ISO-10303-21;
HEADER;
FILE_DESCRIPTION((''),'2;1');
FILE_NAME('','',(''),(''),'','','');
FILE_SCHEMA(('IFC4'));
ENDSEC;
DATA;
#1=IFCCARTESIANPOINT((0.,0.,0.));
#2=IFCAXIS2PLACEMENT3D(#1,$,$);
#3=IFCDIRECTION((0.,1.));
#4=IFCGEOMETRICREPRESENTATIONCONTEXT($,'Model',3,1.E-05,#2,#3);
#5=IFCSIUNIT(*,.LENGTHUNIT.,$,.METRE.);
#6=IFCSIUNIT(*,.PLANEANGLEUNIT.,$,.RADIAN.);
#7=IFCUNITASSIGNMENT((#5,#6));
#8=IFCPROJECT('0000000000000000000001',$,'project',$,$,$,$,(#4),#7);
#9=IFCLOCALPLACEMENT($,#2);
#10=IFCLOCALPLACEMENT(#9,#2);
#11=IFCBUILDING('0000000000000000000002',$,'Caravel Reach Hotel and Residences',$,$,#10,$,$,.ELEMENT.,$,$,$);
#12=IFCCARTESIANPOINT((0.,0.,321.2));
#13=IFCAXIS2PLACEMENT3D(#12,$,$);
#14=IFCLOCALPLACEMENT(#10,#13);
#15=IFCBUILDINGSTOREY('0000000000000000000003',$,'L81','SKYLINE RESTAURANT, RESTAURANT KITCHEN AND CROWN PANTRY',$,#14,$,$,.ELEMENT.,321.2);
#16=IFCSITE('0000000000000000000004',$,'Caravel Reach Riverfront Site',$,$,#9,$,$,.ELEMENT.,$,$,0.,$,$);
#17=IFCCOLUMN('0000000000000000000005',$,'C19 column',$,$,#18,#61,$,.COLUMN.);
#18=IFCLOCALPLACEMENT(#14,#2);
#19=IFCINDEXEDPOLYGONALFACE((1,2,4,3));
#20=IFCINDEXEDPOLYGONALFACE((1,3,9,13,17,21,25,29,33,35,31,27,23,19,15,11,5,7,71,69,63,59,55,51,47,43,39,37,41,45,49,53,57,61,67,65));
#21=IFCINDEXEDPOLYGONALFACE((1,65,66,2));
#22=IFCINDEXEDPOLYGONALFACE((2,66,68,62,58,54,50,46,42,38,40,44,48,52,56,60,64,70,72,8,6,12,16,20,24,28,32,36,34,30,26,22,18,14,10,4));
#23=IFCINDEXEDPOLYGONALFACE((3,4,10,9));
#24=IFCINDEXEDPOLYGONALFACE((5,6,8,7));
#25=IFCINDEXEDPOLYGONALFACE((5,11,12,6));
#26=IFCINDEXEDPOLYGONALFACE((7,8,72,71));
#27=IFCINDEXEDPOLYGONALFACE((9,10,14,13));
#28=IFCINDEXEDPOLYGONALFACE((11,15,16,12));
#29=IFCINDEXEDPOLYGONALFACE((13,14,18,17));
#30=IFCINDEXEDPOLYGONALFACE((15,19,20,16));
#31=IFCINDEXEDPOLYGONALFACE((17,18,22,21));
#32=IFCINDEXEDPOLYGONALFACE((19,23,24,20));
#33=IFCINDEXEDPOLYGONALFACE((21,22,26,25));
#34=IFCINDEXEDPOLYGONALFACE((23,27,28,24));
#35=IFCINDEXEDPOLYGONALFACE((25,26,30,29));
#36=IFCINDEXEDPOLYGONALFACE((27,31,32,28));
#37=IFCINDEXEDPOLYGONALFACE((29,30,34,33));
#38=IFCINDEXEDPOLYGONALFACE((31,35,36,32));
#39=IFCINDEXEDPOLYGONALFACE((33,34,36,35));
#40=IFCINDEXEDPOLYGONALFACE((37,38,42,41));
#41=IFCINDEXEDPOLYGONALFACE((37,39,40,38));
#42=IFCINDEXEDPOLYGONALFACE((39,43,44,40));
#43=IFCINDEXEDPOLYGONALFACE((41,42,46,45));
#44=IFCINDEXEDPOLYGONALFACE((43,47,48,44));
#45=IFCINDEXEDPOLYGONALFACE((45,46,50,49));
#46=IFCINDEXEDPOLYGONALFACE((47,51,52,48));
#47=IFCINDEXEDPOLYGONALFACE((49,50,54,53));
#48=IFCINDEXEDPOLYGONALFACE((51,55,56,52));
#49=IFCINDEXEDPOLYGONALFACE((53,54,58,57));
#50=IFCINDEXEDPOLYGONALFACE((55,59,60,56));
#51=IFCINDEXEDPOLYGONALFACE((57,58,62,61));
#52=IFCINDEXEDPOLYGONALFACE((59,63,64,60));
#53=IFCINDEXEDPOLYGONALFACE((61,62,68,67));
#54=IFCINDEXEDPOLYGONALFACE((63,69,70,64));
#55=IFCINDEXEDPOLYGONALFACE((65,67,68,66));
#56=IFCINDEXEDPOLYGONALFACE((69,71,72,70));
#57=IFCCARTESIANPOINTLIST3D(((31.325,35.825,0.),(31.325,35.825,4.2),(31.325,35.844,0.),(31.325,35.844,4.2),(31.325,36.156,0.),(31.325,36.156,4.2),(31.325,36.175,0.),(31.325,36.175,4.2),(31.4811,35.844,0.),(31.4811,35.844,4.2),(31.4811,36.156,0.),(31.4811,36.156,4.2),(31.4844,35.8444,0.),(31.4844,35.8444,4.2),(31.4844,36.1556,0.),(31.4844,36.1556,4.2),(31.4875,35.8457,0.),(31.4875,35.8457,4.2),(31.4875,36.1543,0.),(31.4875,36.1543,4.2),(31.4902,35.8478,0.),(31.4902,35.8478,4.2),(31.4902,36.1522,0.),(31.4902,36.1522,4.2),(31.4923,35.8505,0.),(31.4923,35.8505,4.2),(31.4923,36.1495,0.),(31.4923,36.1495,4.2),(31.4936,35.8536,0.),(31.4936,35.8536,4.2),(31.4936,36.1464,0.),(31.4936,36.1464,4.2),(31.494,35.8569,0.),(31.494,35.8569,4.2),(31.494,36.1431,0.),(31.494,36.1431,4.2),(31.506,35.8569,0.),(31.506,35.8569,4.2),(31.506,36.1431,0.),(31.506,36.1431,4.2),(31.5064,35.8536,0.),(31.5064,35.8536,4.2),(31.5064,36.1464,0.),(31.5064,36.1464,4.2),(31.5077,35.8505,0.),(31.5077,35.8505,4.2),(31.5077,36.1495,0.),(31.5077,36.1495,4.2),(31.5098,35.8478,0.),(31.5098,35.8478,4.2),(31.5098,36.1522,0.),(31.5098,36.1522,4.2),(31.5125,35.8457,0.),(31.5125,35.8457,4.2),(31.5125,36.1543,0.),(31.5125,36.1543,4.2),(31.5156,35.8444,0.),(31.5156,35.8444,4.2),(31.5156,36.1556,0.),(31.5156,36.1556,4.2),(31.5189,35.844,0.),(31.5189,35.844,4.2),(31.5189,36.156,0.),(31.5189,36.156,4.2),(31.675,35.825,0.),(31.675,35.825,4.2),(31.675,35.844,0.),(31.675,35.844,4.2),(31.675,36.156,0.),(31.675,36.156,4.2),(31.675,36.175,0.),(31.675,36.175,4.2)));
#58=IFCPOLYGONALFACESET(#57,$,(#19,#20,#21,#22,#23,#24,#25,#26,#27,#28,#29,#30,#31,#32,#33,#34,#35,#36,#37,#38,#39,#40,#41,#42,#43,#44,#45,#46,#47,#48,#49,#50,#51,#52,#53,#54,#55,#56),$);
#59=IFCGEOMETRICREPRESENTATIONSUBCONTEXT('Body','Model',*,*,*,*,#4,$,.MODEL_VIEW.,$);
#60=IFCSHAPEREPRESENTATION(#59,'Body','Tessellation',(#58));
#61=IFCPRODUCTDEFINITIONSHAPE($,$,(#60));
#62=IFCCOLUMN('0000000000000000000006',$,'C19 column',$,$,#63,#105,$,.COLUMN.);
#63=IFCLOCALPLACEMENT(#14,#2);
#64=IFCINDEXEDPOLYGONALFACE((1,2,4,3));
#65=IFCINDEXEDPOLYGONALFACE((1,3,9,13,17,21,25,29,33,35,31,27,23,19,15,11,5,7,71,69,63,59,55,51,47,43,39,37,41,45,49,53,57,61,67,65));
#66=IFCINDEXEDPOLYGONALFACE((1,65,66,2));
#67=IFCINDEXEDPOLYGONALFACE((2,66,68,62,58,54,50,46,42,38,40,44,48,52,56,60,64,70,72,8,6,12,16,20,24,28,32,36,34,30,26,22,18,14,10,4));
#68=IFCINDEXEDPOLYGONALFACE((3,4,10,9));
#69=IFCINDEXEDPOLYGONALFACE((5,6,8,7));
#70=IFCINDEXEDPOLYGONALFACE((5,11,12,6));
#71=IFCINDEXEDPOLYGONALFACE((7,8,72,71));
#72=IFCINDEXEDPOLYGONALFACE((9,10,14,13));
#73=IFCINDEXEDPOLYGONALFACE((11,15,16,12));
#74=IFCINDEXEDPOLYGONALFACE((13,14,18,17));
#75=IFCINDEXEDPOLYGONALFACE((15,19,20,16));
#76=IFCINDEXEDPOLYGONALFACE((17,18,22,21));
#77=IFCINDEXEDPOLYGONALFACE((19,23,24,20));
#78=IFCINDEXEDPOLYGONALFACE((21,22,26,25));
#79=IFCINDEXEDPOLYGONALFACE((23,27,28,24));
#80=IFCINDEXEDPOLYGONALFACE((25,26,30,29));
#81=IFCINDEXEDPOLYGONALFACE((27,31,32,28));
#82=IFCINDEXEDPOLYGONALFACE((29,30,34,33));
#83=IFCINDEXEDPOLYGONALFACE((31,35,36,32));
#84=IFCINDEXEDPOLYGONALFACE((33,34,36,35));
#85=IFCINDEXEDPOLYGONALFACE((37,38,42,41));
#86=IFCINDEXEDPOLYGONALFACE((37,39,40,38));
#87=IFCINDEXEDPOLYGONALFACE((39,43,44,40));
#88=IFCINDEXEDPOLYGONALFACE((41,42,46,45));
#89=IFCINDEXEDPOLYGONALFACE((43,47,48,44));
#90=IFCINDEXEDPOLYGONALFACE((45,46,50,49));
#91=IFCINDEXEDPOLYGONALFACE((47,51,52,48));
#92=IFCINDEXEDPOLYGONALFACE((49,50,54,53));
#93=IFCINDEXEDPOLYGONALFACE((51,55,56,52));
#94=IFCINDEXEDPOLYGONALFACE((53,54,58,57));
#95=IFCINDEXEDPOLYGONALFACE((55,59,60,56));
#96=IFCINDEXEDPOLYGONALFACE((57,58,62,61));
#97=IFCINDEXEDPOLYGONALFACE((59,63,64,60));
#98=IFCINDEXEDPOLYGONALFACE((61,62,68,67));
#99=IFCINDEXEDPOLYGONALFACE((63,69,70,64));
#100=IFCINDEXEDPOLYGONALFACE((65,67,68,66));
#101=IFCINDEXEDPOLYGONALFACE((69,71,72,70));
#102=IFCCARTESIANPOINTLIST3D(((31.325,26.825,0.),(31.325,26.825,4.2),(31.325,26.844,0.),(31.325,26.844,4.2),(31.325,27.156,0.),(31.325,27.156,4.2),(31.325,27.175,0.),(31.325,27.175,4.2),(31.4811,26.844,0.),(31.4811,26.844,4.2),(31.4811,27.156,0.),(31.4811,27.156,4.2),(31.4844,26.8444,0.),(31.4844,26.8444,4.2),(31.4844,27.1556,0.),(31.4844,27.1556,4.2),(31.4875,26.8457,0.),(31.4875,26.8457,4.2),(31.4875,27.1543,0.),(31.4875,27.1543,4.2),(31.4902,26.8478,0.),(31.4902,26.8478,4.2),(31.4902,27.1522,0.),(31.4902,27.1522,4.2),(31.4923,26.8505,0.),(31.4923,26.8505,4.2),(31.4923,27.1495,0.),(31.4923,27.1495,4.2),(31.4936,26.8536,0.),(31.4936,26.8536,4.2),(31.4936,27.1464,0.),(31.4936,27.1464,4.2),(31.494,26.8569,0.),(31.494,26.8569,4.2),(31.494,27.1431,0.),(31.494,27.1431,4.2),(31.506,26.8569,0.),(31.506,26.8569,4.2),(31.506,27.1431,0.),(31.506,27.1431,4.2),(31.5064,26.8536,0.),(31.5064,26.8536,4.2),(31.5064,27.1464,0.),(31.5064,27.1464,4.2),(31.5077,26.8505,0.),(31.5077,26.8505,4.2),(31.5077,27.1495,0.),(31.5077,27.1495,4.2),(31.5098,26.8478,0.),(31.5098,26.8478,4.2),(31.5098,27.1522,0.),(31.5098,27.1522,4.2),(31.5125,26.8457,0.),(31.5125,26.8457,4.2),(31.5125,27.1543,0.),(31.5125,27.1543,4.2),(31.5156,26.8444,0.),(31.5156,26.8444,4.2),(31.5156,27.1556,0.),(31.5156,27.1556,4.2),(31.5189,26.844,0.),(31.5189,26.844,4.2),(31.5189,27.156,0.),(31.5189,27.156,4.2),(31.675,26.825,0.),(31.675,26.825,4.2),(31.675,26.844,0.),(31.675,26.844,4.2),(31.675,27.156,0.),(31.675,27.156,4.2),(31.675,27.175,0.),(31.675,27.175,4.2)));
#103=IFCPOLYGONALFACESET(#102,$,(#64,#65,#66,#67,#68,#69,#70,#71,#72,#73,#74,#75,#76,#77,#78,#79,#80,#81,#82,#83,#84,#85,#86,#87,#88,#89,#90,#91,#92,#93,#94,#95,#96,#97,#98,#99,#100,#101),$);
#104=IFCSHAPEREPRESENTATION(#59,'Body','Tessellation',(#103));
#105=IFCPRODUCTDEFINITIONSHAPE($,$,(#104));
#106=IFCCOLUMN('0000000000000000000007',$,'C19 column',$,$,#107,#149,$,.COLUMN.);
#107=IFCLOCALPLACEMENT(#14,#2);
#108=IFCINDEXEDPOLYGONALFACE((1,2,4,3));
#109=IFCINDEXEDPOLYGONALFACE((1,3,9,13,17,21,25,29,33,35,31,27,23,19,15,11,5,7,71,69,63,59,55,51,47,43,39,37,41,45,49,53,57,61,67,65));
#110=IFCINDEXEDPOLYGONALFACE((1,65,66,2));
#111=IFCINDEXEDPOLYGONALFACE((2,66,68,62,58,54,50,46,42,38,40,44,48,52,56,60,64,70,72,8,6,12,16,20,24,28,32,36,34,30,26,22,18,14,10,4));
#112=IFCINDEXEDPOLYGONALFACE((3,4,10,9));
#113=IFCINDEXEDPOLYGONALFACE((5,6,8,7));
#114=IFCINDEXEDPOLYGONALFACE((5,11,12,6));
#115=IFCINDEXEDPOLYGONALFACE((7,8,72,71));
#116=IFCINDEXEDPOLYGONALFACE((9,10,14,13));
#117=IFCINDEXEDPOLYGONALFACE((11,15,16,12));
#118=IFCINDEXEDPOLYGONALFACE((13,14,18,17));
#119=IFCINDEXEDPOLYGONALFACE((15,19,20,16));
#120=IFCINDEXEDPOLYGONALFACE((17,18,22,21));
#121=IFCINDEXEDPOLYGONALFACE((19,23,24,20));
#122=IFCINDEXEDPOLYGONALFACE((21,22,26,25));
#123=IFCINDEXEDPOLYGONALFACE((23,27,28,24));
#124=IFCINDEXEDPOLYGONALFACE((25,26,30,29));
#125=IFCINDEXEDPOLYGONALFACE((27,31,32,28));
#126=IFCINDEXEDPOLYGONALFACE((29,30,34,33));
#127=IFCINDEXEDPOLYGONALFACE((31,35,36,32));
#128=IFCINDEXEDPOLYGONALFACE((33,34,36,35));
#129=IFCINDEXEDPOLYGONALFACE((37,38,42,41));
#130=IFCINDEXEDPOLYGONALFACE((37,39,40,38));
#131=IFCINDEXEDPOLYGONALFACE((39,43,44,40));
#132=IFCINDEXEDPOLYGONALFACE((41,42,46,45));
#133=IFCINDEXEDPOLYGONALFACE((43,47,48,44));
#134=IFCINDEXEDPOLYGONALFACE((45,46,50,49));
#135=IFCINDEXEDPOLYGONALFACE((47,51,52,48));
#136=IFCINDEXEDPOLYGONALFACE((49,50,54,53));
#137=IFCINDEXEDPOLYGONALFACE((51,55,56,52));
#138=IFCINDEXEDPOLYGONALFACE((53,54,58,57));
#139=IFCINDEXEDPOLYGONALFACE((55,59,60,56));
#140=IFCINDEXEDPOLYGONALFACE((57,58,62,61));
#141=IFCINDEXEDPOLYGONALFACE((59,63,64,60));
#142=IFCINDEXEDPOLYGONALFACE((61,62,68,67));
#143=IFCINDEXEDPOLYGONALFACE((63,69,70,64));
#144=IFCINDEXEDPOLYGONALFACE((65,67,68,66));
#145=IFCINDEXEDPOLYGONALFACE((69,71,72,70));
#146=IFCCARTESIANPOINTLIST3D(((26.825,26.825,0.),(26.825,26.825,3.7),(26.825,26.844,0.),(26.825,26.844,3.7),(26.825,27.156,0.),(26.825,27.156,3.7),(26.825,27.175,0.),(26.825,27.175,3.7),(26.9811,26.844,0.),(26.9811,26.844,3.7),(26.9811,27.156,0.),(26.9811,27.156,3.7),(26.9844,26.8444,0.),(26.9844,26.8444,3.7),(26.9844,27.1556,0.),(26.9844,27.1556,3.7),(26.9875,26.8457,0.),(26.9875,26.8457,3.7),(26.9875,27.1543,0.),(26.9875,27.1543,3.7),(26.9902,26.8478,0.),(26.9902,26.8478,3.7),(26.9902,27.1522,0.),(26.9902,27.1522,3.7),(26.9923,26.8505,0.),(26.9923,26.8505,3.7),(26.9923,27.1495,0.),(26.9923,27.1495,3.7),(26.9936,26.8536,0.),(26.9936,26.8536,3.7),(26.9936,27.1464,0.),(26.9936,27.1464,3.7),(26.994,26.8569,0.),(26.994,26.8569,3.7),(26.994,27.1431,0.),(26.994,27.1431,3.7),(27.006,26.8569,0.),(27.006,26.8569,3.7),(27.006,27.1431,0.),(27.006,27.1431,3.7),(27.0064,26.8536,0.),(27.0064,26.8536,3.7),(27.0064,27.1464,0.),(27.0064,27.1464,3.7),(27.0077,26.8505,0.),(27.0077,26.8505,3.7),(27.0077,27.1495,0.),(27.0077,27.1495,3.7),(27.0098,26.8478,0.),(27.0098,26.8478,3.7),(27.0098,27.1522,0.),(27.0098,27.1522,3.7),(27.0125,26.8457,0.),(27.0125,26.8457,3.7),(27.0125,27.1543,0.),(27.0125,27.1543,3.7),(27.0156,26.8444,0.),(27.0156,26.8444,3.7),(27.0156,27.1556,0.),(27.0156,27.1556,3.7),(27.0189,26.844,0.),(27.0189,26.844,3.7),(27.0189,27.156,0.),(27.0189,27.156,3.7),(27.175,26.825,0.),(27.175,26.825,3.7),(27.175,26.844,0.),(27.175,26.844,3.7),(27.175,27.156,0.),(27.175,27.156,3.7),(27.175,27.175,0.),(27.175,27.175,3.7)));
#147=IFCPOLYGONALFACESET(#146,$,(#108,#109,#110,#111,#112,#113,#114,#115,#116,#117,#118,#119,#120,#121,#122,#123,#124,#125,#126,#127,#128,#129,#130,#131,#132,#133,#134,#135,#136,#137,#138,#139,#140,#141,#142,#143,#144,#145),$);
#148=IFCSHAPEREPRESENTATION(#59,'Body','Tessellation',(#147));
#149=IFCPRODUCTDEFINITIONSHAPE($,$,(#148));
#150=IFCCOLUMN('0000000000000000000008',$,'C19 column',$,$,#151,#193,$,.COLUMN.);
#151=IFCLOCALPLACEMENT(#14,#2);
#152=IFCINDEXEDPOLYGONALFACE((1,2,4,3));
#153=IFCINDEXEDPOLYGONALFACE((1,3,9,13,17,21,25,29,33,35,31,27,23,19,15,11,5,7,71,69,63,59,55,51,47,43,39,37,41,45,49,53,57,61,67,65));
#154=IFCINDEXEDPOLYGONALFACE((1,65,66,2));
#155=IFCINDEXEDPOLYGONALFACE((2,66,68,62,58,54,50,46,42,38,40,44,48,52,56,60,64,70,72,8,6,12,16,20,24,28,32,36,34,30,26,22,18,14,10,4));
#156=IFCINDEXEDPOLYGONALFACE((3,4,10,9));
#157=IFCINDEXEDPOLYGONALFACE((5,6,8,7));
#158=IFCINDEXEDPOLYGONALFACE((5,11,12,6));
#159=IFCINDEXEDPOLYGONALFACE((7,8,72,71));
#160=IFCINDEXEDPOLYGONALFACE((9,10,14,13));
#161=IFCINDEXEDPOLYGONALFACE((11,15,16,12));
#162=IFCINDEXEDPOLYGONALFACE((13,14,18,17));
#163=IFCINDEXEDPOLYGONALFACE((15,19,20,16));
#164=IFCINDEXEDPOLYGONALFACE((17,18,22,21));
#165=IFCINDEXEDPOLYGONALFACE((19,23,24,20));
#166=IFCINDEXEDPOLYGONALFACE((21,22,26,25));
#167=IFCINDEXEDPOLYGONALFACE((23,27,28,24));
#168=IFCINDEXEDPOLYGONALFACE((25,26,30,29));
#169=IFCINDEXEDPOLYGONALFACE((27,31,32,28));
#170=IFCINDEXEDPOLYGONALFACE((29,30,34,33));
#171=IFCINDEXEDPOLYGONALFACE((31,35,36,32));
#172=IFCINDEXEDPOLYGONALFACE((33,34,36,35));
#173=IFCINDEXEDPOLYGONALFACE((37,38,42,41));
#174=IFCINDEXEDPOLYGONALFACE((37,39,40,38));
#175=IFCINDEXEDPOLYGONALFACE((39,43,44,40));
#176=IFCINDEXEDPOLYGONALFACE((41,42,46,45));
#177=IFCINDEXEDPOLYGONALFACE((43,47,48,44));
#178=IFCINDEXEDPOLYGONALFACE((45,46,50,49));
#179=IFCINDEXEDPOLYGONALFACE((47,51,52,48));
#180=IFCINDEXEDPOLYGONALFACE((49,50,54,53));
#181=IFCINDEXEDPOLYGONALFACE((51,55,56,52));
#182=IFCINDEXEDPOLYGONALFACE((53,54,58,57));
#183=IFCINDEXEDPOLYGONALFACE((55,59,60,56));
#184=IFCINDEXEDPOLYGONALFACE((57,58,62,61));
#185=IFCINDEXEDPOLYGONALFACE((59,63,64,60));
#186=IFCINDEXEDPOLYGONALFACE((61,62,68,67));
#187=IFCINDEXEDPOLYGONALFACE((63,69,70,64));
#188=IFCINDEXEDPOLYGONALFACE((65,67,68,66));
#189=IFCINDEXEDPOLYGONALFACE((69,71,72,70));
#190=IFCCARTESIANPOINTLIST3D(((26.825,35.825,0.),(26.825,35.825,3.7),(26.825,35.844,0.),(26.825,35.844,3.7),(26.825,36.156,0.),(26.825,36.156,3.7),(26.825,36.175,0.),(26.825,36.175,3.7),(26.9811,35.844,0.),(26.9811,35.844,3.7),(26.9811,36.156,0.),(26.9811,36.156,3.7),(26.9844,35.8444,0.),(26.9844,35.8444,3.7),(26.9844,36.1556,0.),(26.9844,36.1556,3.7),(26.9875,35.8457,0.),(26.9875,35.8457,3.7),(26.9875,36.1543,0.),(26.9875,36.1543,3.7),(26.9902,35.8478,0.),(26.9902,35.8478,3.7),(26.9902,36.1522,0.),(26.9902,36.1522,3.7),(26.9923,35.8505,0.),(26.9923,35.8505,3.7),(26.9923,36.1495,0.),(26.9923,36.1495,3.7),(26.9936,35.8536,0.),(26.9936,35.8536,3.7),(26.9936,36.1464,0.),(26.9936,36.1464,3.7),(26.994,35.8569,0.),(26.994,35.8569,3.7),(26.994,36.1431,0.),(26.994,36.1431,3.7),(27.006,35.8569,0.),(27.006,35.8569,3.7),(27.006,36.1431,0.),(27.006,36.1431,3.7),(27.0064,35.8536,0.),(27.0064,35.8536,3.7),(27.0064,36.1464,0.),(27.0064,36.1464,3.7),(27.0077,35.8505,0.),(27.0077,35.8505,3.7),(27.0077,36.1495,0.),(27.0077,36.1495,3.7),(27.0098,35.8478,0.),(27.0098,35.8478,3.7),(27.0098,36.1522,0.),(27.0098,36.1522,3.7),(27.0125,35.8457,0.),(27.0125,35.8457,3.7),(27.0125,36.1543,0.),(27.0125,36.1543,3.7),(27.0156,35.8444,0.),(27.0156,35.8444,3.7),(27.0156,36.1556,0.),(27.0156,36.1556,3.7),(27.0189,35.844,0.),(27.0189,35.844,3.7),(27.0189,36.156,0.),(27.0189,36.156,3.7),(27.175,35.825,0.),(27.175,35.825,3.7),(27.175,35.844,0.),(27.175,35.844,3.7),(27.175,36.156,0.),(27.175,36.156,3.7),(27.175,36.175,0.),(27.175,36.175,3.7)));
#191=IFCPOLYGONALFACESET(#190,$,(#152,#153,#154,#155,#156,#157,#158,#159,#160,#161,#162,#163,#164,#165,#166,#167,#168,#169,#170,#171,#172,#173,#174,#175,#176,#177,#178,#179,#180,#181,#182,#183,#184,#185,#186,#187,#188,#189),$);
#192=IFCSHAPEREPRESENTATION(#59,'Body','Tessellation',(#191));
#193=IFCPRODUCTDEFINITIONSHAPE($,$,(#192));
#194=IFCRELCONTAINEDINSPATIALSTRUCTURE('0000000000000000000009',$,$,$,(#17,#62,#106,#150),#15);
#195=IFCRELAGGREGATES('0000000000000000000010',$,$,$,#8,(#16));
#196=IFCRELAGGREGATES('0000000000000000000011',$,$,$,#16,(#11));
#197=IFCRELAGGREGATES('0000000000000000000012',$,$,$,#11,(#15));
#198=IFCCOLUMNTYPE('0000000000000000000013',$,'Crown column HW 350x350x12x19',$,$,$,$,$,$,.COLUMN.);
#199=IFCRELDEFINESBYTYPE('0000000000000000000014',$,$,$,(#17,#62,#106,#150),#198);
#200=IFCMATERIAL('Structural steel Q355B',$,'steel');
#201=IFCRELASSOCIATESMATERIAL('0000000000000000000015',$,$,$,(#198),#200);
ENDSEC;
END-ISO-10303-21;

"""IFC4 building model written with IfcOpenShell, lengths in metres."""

from ifc_helpers import new_model, si_unit, direction, frame, origin, origin_2d, place, context, subcontext, project, spatial, i_section, extrude, material, material_profile, profile_set, type_object, element, save


model = new_model("IFC4")

# Units and contexts
model_context = context("Model", 3, precision=1e-05, world=origin(), true_north=direction((0.0, 1.0)))
body_context = subcontext(model_context, "Body", "Model", "MODEL_VIEW")
ifc_project = project(units=[si_unit("LENGTHUNIT", "METRE"), si_unit("PLANEANGLEUNIT", "RADIAN")], contexts=[model_context])

# Site, building, storey
site_placement = place(None, origin())
site = spatial("IfcSite", under=ifc_project, at=site_placement, Name="Caravel Reach Riverfront Site", CompositionType="ELEMENT", RefElevation=0.0)
building_placement = place(site_placement, origin())
building = spatial("IfcBuilding", under=site, at=building_placement, Name="Caravel Reach Hotel and Residences", CompositionType="ELEMENT")
storey_placement = place(building_placement, frame((0.0, 0.0, 321.2)))
storey = spatial("IfcBuildingStorey", under=building, at=storey_placement, Name="L81", Description="SKYLINE RESTAURANT, RESTAURANT KITCHEN AND CROWN PANTRY", CompositionType="ELEMENT", Elevation=321.2)

# Columns
ifc_material_1 = material(Name="Structural steel Q355B", Category="steel")
ifc_material_profile_1 = material_profile(ifc_material_1, i_section(OverallWidth=0.3501, OverallDepth=0.3501, WebThickness=0.012, FlangeThickness=0.019, FilletRadius=0.0129, at=origin_2d()), Name="HW 350x350x12x19")
ifc_profile_set_1 = profile_set([ifc_material_profile_1], Name="Structural steel Q355B")
column_type = type_object("IfcColumnType", Name="Crown column HW 350x350x12x19", PredefinedType="COLUMN", material=ifc_profile_set_1)
for number, where, z_axis, x_axis, name in (
    (1, (31.5, 36.0, 0.0), (0.0, 0.0, 1.0), (1.0, 0.0, 0.0), "C19 column"),
    (2, (31.5, 27.0, 0.0), (0.0, 0.0, 1.0), (1.0, 0.0, 0.0), "C19 column"),
):
    element("IfcColumn", number, at=place(storey_placement, frame(where, z_axis=z_axis, x_axis=x_axis)), inside=storey, type_object=column_type, Name=name, PredefinedType="COLUMN", context=body_context, shape_type="SweptSolid", body=[
        extrude(i_section(OverallWidth=0.3501, OverallDepth=0.3501, WebThickness=0.012, FlangeThickness=0.019, FilletRadius=0.0129, at=origin_2d()), origin(), (0.0, 0.0, 1.0), 4.2),
    ])
for number, where, z_axis, x_axis, name in (
    (3, (27.0, 27.0, 0.0), (0.0, 0.0, 1.0), (1.0, 0.0, 0.0), "C19 column"),
    (4, (27.0, 36.0, 0.0), (0.0, 0.0, 1.0), (1.0, 0.0, 0.0), "C19 column"),
):
    element("IfcColumn", number, at=place(storey_placement, frame(where, z_axis=z_axis, x_axis=x_axis)), inside=storey, type_object=column_type, Name=name, PredefinedType="COLUMN", context=body_context, shape_type="SweptSolid", body=[
        extrude(i_section(OverallWidth=0.3501, OverallDepth=0.3501, WebThickness=0.012, FlangeThickness=0.019, FilletRadius=0.0129, at=origin_2d()), origin(), (0.0, 0.0, 1.0), 3.7),
    ])

save(model, "model.ifc")
